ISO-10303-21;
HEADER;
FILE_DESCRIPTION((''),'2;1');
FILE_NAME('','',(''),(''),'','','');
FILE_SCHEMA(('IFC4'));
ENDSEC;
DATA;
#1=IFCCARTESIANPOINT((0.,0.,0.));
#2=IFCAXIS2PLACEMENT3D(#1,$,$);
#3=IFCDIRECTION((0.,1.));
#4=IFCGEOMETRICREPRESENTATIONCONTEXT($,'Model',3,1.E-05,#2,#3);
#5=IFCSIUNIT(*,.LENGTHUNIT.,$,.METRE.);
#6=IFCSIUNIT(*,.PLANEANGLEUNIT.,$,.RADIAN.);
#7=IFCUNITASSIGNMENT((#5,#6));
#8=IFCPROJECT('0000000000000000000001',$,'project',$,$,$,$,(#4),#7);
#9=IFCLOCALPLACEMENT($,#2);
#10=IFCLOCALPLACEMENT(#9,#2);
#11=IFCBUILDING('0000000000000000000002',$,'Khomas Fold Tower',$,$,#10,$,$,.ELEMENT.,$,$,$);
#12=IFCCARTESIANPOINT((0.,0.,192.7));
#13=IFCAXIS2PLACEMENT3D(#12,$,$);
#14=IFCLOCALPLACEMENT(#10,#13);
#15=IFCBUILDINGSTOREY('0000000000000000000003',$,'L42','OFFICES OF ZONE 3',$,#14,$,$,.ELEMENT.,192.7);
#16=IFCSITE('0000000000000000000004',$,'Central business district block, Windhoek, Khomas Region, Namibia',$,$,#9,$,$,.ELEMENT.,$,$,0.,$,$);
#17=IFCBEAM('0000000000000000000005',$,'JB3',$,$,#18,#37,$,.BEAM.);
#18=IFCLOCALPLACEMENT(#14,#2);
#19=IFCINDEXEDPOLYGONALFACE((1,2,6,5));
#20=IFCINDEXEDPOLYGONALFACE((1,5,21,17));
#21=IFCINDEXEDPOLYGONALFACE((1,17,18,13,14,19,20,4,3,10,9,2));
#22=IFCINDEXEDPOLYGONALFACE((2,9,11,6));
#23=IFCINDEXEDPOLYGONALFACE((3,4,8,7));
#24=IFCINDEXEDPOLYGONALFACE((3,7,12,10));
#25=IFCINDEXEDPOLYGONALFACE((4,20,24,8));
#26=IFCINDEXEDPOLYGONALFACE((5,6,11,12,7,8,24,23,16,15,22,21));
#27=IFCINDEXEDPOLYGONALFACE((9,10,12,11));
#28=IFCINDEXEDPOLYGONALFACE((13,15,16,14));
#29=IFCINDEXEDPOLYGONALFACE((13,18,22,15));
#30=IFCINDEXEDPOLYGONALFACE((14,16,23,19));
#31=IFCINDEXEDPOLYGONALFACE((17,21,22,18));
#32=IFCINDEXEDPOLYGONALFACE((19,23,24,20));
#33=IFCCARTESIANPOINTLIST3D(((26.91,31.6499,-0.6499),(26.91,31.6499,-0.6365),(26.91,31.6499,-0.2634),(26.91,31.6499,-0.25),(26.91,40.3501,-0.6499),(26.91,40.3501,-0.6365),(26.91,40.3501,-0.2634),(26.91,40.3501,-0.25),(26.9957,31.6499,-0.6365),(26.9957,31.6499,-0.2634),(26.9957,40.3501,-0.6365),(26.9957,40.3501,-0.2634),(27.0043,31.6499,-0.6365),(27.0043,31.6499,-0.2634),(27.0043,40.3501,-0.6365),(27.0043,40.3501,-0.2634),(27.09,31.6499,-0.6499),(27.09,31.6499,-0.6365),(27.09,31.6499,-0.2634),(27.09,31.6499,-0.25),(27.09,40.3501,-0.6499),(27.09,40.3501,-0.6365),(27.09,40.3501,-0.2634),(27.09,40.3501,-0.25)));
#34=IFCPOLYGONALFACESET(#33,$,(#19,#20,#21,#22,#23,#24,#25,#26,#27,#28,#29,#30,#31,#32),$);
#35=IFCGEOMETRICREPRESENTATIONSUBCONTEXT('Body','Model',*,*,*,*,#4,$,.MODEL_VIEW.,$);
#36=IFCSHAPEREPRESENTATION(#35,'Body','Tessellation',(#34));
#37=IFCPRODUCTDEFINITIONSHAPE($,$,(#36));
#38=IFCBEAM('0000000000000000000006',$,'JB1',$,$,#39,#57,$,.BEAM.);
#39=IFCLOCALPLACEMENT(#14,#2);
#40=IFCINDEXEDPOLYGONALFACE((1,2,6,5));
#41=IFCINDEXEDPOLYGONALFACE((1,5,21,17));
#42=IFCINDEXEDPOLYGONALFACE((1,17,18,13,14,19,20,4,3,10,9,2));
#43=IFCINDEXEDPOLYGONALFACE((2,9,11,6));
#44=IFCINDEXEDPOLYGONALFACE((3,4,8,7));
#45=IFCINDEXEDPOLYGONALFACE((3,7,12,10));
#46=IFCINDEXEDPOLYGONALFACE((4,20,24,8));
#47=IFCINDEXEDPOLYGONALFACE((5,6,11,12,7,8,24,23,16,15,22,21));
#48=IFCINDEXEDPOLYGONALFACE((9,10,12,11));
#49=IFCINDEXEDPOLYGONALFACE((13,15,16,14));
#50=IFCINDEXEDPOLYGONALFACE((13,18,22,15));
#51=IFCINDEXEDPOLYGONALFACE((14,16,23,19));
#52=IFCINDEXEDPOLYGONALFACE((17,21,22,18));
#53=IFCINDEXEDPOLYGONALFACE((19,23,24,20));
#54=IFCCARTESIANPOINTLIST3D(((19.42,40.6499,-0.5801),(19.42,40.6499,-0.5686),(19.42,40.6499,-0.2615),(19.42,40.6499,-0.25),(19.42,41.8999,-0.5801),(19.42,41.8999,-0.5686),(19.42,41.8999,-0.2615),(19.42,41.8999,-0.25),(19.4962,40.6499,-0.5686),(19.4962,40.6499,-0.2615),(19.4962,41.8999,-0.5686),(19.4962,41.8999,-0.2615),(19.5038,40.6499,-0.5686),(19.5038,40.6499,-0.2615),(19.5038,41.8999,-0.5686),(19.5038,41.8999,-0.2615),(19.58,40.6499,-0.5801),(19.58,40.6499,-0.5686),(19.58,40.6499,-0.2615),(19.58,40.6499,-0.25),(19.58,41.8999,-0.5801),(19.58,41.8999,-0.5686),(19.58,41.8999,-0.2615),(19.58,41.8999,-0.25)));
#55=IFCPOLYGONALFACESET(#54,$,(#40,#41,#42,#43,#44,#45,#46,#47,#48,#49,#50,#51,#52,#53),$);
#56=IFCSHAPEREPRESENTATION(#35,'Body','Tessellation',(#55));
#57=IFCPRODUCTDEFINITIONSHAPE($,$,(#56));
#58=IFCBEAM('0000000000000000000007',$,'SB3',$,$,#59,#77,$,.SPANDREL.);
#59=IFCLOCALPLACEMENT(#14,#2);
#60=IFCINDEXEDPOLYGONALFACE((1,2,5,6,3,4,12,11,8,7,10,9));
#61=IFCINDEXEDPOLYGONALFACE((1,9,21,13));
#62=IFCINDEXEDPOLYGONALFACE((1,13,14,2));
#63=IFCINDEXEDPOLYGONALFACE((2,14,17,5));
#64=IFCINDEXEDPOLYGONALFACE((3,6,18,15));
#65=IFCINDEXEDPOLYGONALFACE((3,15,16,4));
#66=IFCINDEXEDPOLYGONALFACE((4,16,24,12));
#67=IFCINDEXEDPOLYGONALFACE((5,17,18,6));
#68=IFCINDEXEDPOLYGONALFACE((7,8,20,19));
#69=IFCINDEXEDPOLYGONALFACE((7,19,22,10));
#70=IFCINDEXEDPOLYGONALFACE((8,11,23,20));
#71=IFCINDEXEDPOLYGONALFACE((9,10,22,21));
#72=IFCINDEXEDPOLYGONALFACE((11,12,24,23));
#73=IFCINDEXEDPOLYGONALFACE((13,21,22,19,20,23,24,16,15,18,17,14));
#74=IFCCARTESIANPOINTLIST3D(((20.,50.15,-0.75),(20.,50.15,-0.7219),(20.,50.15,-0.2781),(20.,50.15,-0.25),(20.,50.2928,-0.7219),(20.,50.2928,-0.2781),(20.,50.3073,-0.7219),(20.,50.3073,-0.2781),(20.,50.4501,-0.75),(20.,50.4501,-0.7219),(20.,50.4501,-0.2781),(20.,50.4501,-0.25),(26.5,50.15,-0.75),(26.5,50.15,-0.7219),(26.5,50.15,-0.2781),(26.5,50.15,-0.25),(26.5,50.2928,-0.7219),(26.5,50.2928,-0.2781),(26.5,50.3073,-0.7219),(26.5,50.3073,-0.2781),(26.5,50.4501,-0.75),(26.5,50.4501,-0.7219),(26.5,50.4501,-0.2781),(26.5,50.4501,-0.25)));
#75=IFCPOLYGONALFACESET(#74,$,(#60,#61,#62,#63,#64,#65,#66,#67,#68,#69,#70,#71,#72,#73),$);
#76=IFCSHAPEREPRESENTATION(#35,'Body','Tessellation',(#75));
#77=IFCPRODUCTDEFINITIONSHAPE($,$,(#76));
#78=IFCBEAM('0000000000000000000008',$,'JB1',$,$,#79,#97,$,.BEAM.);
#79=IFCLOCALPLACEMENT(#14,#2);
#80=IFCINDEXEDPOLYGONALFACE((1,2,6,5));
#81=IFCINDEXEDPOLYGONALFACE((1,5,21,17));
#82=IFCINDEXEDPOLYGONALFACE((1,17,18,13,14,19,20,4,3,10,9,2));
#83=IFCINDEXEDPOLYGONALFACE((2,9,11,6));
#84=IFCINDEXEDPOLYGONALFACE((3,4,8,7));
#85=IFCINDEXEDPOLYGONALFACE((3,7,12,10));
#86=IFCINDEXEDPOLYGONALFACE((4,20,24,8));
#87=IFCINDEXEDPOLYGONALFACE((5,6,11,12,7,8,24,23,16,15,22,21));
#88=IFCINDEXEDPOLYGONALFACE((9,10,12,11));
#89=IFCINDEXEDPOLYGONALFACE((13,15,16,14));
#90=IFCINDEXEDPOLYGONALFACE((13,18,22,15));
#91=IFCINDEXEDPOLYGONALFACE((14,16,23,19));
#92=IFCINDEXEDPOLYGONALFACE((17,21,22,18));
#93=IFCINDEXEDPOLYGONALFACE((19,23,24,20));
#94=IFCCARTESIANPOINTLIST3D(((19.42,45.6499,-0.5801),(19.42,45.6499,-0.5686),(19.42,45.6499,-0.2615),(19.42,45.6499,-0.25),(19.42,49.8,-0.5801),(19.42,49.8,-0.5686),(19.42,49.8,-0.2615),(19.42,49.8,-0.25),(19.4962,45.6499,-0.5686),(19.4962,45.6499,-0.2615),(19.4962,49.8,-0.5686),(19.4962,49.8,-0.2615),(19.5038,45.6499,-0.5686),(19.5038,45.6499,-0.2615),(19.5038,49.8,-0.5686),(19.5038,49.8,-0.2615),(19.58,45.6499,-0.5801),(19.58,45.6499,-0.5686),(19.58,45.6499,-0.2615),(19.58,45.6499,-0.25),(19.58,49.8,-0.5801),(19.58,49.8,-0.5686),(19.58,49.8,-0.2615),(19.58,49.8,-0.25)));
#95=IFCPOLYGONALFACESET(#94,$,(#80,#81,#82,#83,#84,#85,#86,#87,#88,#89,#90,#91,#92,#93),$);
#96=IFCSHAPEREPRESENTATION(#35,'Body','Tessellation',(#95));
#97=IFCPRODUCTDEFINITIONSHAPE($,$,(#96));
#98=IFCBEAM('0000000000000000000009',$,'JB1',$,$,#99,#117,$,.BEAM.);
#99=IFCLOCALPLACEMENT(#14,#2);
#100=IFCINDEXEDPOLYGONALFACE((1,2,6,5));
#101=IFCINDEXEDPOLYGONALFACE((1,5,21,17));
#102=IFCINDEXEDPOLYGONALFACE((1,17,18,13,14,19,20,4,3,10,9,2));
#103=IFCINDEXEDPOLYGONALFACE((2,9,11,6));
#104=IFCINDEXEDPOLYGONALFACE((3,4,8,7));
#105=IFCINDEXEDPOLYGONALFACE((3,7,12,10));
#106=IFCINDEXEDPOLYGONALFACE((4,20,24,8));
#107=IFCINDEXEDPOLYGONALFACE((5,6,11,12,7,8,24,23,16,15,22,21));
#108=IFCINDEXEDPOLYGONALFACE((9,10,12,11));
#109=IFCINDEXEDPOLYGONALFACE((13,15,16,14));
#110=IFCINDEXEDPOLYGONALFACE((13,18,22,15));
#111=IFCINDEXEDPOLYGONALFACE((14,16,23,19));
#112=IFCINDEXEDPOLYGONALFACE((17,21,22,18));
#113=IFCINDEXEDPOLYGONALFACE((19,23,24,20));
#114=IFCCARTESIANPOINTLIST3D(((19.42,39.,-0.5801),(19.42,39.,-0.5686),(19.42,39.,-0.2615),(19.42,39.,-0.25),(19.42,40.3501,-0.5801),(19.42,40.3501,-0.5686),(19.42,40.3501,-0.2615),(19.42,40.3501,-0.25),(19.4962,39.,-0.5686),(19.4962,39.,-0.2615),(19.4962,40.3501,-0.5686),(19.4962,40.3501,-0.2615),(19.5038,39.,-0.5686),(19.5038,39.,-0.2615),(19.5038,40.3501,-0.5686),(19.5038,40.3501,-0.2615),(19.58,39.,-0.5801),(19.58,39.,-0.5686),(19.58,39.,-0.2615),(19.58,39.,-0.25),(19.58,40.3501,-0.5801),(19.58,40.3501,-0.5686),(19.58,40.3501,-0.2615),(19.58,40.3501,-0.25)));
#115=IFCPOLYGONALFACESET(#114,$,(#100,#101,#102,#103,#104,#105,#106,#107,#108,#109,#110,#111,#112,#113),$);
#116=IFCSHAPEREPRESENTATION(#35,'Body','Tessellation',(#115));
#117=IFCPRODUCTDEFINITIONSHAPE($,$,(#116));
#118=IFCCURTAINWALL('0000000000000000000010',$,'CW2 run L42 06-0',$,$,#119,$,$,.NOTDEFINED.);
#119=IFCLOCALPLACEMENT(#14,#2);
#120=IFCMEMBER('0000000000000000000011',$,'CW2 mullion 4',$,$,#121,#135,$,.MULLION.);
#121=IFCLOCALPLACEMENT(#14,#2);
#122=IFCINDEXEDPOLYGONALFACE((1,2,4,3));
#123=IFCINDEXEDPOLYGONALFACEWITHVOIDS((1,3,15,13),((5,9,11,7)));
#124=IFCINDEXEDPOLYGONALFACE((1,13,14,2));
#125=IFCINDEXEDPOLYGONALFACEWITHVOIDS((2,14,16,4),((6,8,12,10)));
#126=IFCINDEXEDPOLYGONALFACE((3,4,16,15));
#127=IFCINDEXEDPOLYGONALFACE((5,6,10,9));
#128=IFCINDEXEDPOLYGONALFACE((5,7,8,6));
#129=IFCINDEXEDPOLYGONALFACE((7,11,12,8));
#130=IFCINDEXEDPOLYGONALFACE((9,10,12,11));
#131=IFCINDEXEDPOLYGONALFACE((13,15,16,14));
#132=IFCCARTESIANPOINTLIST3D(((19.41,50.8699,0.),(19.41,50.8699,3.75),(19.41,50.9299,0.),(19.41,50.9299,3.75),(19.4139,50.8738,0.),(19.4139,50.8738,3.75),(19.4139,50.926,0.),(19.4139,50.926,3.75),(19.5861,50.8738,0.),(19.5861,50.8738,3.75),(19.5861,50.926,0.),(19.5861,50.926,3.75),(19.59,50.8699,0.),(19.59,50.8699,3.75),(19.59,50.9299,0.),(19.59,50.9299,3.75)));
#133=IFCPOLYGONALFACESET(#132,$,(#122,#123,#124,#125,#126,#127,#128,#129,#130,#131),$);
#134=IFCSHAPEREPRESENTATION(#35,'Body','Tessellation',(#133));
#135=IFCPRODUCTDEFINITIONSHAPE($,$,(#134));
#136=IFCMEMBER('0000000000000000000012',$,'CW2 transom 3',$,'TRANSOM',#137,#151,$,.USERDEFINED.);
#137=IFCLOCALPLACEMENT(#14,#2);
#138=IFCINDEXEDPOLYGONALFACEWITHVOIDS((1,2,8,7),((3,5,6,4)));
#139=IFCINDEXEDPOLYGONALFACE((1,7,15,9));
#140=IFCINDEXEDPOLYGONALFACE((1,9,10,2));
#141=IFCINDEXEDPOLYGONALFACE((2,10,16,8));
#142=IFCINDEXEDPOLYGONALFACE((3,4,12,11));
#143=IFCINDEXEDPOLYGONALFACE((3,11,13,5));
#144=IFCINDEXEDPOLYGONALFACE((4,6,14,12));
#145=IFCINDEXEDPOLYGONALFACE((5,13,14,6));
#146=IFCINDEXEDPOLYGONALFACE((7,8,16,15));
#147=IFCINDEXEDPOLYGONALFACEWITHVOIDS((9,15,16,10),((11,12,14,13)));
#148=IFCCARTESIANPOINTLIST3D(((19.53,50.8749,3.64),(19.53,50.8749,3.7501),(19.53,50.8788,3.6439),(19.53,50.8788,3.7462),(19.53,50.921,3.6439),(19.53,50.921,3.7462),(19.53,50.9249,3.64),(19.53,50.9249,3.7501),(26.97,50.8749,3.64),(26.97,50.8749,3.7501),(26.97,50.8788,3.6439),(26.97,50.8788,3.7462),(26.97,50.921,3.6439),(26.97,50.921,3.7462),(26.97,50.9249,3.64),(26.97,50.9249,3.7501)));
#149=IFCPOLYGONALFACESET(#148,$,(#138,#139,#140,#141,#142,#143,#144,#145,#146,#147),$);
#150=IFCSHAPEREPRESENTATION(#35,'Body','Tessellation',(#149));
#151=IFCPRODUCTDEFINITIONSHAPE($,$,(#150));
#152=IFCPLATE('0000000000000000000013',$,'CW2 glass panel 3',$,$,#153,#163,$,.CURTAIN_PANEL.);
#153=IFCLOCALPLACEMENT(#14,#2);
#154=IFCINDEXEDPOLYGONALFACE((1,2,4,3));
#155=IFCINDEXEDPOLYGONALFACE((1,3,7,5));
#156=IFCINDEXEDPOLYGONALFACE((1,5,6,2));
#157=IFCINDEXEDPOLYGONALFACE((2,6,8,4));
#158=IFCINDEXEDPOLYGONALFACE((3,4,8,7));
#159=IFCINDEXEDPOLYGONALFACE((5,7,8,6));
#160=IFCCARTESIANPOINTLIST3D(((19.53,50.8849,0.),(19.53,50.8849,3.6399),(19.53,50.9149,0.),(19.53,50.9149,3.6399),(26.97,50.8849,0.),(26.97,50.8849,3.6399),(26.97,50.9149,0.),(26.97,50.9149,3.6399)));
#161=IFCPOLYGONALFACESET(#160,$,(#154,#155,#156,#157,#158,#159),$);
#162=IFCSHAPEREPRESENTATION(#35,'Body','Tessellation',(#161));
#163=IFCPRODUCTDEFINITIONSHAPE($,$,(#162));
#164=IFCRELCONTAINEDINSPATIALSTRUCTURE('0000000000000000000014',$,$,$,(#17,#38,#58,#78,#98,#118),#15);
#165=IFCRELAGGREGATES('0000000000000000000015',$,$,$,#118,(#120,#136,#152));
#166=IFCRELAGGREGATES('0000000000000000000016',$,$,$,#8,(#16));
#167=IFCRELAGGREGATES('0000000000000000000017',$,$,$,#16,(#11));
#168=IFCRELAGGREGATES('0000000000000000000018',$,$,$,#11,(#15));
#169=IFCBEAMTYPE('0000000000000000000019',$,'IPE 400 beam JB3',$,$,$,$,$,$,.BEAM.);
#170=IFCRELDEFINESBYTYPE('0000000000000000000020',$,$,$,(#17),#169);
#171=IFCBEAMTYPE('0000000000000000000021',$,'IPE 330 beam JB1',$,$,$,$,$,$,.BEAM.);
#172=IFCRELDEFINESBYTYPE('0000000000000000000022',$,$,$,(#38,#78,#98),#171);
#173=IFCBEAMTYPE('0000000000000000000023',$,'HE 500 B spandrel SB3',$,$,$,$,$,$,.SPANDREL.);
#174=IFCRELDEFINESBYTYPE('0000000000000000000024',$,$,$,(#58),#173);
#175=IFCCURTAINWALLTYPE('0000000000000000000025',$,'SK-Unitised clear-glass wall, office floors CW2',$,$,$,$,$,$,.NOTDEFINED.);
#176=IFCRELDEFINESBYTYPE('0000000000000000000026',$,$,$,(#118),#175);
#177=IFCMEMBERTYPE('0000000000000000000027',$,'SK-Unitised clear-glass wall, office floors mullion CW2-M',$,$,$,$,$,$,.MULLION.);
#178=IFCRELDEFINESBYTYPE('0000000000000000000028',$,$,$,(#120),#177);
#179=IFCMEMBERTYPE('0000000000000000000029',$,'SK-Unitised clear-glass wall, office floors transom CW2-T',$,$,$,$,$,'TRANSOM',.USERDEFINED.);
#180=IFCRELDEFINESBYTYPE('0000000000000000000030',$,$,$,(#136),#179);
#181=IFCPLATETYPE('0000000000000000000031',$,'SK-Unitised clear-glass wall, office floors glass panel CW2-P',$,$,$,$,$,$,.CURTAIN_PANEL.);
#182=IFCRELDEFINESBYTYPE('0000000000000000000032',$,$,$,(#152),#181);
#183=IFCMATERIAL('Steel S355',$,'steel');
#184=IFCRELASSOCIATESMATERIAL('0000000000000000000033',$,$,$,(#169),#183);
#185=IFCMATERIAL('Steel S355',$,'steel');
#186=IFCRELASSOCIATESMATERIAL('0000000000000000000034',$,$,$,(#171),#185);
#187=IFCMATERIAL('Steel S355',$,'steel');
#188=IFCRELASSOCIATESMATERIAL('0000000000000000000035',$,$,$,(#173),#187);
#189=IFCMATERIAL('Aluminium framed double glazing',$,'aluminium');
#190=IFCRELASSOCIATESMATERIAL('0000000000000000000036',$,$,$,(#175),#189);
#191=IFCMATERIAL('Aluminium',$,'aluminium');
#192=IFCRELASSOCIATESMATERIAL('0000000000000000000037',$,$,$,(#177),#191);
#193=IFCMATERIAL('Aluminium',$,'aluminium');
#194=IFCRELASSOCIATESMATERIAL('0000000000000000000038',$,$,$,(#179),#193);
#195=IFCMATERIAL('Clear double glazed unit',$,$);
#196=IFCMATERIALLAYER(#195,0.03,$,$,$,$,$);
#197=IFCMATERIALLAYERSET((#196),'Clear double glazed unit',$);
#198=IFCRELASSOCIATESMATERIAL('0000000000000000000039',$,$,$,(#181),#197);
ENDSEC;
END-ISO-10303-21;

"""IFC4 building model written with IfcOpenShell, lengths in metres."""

from ifc_helpers import new_model, si_unit, direction, frame, origin, origin_2d, place, context, subcontext, project, spatial, rectangle, hollow_rectangle, i_section, extrude, source, transform, mapped, material, layer, layer_set, material_profile, profile_set, type_object, element, aggregate, save


model = new_model("IFC4")

# Units and contexts
model_context = context("Model", 3, precision=1e-05, world=origin(), true_north=direction((0.0, 1.0)))
body_context = subcontext(model_context, "Body", "Model", "MODEL_VIEW")
ifc_project = project(units=[si_unit("LENGTHUNIT", "METRE"), si_unit("PLANEANGLEUNIT", "RADIAN")], contexts=[model_context])

# Site, building, storey
site_placement = place(None, origin())
site = spatial("IfcSite", under=ifc_project, at=site_placement, Name="Central business district block, Windhoek, Khomas Region, Namibia", CompositionType="ELEMENT", RefElevation=0.0)
building_placement = place(site_placement, origin())
building = spatial("IfcBuilding", under=site, at=building_placement, Name="Khomas Fold Tower", CompositionType="ELEMENT")
storey_placement = place(building_placement, frame((0.0, 0.0, 192.7)))
storey = spatial("IfcBuildingStorey", under=building, at=storey_placement, Name="L42", Description="OFFICES OF ZONE 3", CompositionType="ELEMENT", Elevation=192.7)

# Beams
ifc_material_1 = material(Name="Steel S355", Category="steel")
ifc_material_profile_1 = material_profile(ifc_material_1, i_section(OverallWidth=0.1799, OverallDepth=0.3999, WebThickness=0.0085, FlangeThickness=0.0134, at=origin_2d()), Name="IPE 400")
ifc_profile_set_1 = profile_set([ifc_material_profile_1], Name="Steel S355")
beam_type_1 = type_object("IfcBeamType", Name="IPE 400 beam JB3", PredefinedType="BEAM", material=ifc_profile_set_1)
shared_shape_1 = source(origin(), body_context, "Body", "SweptSolid", [
    extrude(i_section(OverallWidth=0.1799, OverallDepth=0.3999, WebThickness=0.0085, FlangeThickness=0.0134, at=origin_2d()), origin(), (0.0, 0.0, 1.0), 8.7002),
])
beam_1_placement = place(storey_placement, frame((27.0, 31.6499, -0.45), z_axis=(0.0, 1.0, 0.0), x_axis=(-1.0, 0.0, 0.0)))
element("IfcBeam", 1, at=beam_1_placement, inside=storey, type_object=beam_type_1, Name="JB3", PredefinedType="BEAM", context=body_context, shape_type="MappedRepresentation", body=[
    mapped(shared_shape_1, transform((0.0, 0.0, 0.0))),
])
ifc_material_2 = material(Name="Steel S355", Category="steel")
ifc_material_profile_2 = material_profile(ifc_material_2, i_section(OverallWidth=0.1599, OverallDepth=0.3301, WebThickness=0.0076, FlangeThickness=0.0115, at=origin_2d()), Name="IPE 330")
ifc_profile_set_2 = profile_set([ifc_material_profile_2], Name="Steel S355")
beam_type_2 = type_object("IfcBeamType", Name="IPE 330 beam JB1", PredefinedType="BEAM", material=ifc_profile_set_2)
shared_shape_2 = source(origin(), body_context, "Body", "SweptSolid", [
    extrude(i_section(OverallWidth=0.1599, OverallDepth=0.3301, WebThickness=0.0076, FlangeThickness=0.0115, at=origin_2d()), origin(), (0.0, 0.0, 1.0), 1.25),
])
beam_2_placement = place(storey_placement, frame((19.5, 40.6499, -0.415), z_axis=(0.0, 1.0, 0.0), x_axis=(-1.0, 0.0, 0.0)))
element("IfcBeam", 2, at=beam_2_placement, inside=storey, type_object=beam_type_2, Name="JB1", PredefinedType="BEAM", context=body_context, shape_type="MappedRepresentation", body=[
    mapped(shared_shape_2, transform((0.0, 0.0, 0.0))),
])
ifc_material_3 = material(Name="Steel S355", Category="steel")
ifc_material_profile_3 = material_profile(ifc_material_3, i_section(OverallWidth=0.3, OverallDepth=0.5, WebThickness=0.0144, FlangeThickness=0.0281, at=origin_2d()), Name="HE 500 B")
ifc_profile_set_3 = profile_set([ifc_material_profile_3], Name="Steel S355")
beam_type_3 = type_object("IfcBeamType", Name="HE 500 B spandrel SB3", PredefinedType="SPANDREL", material=ifc_profile_set_3)
shared_shape_3 = source(origin(), body_context, "Body", "SweptSolid", [
    extrude(i_section(OverallWidth=0.3, OverallDepth=0.5, WebThickness=0.0144, FlangeThickness=0.0281, at=origin_2d()), origin(), (0.0, 0.0, 1.0), 6.5),
])
beam_3_placement = place(storey_placement, frame((20.0, 50.3, -0.5), z_axis=(1.0, 0.0, 0.0), x_axis=(0.0, 1.0, 0.0)))
element("IfcBeam", 3, at=beam_3_placement, inside=storey, type_object=beam_type_3, Name="SB3", PredefinedType="SPANDREL", context=body_context, shape_type="MappedRepresentation", body=[
    mapped(shared_shape_3, transform((0.0, 0.0, 0.0))),
])
shared_shape_4 = source(origin(), body_context, "Body", "SweptSolid", [
    extrude(i_section(OverallWidth=0.1599, OverallDepth=0.3301, WebThickness=0.0076, FlangeThickness=0.0115, at=origin_2d()), origin(), (0.0, 0.0, 1.0), 4.1501),
])
beam_4_placement = place(storey_placement, frame((19.5, 45.6499, -0.415), z_axis=(0.0, 1.0, 0.0), x_axis=(-1.0, 0.0, 0.0)))
element("IfcBeam", 4, at=beam_4_placement, inside=storey, type_object=beam_type_2, Name="JB1", PredefinedType="BEAM", context=body_context, shape_type="MappedRepresentation", body=[
    mapped(shared_shape_4, transform((0.0, 0.0, 0.0))),
])
shared_shape_5 = source(origin(), body_context, "Body", "SweptSolid", [
    extrude(i_section(OverallWidth=0.1599, OverallDepth=0.3301, WebThickness=0.0076, FlangeThickness=0.0115, at=origin_2d()), origin(), (0.0, 0.0, 1.0), 1.3501),
])
beam_5_placement = place(storey_placement, frame((19.5, 39.0, -0.415), z_axis=(0.0, 1.0, 0.0), x_axis=(-1.0, 0.0, 0.0)))
element("IfcBeam", 5, at=beam_5_placement, inside=storey, type_object=beam_type_2, Name="JB1", PredefinedType="BEAM", context=body_context, shape_type="MappedRepresentation", body=[
    mapped(shared_shape_5, transform((0.0, 0.0, 0.0))),
])

# Curtain wall, members, plate
ifc_material_4 = material(Name="Aluminium framed double glazing", Category="aluminium")
curtain_wall_type = type_object("IfcCurtainWallType", Name="SK-Unitised clear-glass wall, office floors CW2", PredefinedType="NOTDEFINED", material=ifc_material_4)
curtain_wall_placement = place(storey_placement, origin())
curtain_wall = element("IfcCurtainWall", 6, at=curtain_wall_placement, inside=storey, type_object=curtain_wall_type, Name="CW2 run L42 06-0", PredefinedType="NOTDEFINED")
ifc_material_5 = material(Name="Aluminium", Category="aluminium")
ifc_material_profile_4 = material_profile(ifc_material_5, hollow_rectangle(XDim=0.0601, YDim=0.1799, WallThickness=0.0039, at=origin_2d()), Name="SK-Unitised clear-glass wall, office floors mullion CW2-M")
ifc_profile_set_4 = profile_set([ifc_material_profile_4], Name="Aluminium")
member_type_1 = type_object("IfcMemberType", Name="SK-Unitised clear-glass wall, office floors mullion CW2-M", PredefinedType="MULLION", material=ifc_profile_set_4)
shared_shape_6 = source(origin(), body_context, "Body", "SweptSolid", [
    extrude(hollow_rectangle(XDim=0.0601, YDim=0.1799, WallThickness=0.0039, at=origin_2d()), origin(), (0.0, 0.0, 1.0), 3.75),
])
member_1_placement = place(storey_placement, frame((19.5, 50.8999, 0.0), z_axis=(0.0, 0.0, 1.0), x_axis=(0.0, -1.0, 0.0)))
member_1 = element("IfcMember", 7, at=member_1_placement, type_object=member_type_1, Name="CW2 mullion 4", PredefinedType="MULLION", context=body_context, shape_type="MappedRepresentation", body=[
    mapped(shared_shape_6, transform((0.0, 0.0, 0.0))),
])
ifc_material_6 = material(Name="Aluminium", Category="aluminium")
ifc_material_profile_5 = material_profile(ifc_material_6, hollow_rectangle(XDim=0.05, YDim=0.1101, WallThickness=0.0039, at=origin_2d()), Name="SK-Unitised clear-glass wall, office floors transom CW2-T")
ifc_profile_set_5 = profile_set([ifc_material_profile_5], Name="Aluminium")
member_type_2 = type_object("IfcMemberType", Name="SK-Unitised clear-glass wall, office floors transom CW2-T", ElementType="TRANSOM", PredefinedType="USERDEFINED", material=ifc_profile_set_5)
shared_shape_7 = source(origin(), body_context, "Body", "SweptSolid", [
    extrude(hollow_rectangle(XDim=0.05, YDim=0.1101, WallThickness=0.0039, at=origin_2d()), origin(), (0.0, 0.0, 1.0), 7.4399),
])
member_2_placement = place(storey_placement, frame((26.97, 50.8999, 3.6951), z_axis=(-1.0, 0.0, 0.0), x_axis=(0.0, -1.0, 0.0)))
member_2 = element("IfcMember", 8, at=member_2_placement, type_object=member_type_2, Name="CW2 transom 3", ObjectType="TRANSOM", PredefinedType="USERDEFINED", context=body_context, shape_type="MappedRepresentation", body=[
    mapped(shared_shape_7, transform((0.0, 0.0, 0.0))),
])
ifc_material_7 = material(Name="Clear double glazed unit")
ifc_layer_1 = layer(ifc_material_7, 0.03)
ifc_layer_set_1 = layer_set([ifc_layer_1], Name="Clear double glazed unit")
plate_type = type_object("IfcPlateType", Name="SK-Unitised clear-glass wall, office floors glass panel CW2-P", PredefinedType="CURTAIN_PANEL", material=ifc_layer_set_1)
shared_shape_8 = source(origin(), body_context, "Body", "SweptSolid", [
    extrude(rectangle(XDim=7.4399, YDim=0.03, at=origin_2d()), origin(), (0.0, 0.0, 1.0), 3.6399),
])
plate_placement = place(storey_placement, frame((23.25, 50.8999, 0.0), z_axis=(0.0, 0.0, 1.0), x_axis=(-1.0, 0.0, 0.0)))
plate = element("IfcPlate", 9, at=plate_placement, type_object=plate_type, Name="CW2 glass panel 3", PredefinedType="CURTAIN_PANEL", context=body_context, shape_type="MappedRepresentation", body=[
    mapped(shared_shape_8, transform((0.0, 0.0, 0.0))),
])
aggregate(curtain_wall, [member_1, member_2, plate])

save(model, "model.ifc")
